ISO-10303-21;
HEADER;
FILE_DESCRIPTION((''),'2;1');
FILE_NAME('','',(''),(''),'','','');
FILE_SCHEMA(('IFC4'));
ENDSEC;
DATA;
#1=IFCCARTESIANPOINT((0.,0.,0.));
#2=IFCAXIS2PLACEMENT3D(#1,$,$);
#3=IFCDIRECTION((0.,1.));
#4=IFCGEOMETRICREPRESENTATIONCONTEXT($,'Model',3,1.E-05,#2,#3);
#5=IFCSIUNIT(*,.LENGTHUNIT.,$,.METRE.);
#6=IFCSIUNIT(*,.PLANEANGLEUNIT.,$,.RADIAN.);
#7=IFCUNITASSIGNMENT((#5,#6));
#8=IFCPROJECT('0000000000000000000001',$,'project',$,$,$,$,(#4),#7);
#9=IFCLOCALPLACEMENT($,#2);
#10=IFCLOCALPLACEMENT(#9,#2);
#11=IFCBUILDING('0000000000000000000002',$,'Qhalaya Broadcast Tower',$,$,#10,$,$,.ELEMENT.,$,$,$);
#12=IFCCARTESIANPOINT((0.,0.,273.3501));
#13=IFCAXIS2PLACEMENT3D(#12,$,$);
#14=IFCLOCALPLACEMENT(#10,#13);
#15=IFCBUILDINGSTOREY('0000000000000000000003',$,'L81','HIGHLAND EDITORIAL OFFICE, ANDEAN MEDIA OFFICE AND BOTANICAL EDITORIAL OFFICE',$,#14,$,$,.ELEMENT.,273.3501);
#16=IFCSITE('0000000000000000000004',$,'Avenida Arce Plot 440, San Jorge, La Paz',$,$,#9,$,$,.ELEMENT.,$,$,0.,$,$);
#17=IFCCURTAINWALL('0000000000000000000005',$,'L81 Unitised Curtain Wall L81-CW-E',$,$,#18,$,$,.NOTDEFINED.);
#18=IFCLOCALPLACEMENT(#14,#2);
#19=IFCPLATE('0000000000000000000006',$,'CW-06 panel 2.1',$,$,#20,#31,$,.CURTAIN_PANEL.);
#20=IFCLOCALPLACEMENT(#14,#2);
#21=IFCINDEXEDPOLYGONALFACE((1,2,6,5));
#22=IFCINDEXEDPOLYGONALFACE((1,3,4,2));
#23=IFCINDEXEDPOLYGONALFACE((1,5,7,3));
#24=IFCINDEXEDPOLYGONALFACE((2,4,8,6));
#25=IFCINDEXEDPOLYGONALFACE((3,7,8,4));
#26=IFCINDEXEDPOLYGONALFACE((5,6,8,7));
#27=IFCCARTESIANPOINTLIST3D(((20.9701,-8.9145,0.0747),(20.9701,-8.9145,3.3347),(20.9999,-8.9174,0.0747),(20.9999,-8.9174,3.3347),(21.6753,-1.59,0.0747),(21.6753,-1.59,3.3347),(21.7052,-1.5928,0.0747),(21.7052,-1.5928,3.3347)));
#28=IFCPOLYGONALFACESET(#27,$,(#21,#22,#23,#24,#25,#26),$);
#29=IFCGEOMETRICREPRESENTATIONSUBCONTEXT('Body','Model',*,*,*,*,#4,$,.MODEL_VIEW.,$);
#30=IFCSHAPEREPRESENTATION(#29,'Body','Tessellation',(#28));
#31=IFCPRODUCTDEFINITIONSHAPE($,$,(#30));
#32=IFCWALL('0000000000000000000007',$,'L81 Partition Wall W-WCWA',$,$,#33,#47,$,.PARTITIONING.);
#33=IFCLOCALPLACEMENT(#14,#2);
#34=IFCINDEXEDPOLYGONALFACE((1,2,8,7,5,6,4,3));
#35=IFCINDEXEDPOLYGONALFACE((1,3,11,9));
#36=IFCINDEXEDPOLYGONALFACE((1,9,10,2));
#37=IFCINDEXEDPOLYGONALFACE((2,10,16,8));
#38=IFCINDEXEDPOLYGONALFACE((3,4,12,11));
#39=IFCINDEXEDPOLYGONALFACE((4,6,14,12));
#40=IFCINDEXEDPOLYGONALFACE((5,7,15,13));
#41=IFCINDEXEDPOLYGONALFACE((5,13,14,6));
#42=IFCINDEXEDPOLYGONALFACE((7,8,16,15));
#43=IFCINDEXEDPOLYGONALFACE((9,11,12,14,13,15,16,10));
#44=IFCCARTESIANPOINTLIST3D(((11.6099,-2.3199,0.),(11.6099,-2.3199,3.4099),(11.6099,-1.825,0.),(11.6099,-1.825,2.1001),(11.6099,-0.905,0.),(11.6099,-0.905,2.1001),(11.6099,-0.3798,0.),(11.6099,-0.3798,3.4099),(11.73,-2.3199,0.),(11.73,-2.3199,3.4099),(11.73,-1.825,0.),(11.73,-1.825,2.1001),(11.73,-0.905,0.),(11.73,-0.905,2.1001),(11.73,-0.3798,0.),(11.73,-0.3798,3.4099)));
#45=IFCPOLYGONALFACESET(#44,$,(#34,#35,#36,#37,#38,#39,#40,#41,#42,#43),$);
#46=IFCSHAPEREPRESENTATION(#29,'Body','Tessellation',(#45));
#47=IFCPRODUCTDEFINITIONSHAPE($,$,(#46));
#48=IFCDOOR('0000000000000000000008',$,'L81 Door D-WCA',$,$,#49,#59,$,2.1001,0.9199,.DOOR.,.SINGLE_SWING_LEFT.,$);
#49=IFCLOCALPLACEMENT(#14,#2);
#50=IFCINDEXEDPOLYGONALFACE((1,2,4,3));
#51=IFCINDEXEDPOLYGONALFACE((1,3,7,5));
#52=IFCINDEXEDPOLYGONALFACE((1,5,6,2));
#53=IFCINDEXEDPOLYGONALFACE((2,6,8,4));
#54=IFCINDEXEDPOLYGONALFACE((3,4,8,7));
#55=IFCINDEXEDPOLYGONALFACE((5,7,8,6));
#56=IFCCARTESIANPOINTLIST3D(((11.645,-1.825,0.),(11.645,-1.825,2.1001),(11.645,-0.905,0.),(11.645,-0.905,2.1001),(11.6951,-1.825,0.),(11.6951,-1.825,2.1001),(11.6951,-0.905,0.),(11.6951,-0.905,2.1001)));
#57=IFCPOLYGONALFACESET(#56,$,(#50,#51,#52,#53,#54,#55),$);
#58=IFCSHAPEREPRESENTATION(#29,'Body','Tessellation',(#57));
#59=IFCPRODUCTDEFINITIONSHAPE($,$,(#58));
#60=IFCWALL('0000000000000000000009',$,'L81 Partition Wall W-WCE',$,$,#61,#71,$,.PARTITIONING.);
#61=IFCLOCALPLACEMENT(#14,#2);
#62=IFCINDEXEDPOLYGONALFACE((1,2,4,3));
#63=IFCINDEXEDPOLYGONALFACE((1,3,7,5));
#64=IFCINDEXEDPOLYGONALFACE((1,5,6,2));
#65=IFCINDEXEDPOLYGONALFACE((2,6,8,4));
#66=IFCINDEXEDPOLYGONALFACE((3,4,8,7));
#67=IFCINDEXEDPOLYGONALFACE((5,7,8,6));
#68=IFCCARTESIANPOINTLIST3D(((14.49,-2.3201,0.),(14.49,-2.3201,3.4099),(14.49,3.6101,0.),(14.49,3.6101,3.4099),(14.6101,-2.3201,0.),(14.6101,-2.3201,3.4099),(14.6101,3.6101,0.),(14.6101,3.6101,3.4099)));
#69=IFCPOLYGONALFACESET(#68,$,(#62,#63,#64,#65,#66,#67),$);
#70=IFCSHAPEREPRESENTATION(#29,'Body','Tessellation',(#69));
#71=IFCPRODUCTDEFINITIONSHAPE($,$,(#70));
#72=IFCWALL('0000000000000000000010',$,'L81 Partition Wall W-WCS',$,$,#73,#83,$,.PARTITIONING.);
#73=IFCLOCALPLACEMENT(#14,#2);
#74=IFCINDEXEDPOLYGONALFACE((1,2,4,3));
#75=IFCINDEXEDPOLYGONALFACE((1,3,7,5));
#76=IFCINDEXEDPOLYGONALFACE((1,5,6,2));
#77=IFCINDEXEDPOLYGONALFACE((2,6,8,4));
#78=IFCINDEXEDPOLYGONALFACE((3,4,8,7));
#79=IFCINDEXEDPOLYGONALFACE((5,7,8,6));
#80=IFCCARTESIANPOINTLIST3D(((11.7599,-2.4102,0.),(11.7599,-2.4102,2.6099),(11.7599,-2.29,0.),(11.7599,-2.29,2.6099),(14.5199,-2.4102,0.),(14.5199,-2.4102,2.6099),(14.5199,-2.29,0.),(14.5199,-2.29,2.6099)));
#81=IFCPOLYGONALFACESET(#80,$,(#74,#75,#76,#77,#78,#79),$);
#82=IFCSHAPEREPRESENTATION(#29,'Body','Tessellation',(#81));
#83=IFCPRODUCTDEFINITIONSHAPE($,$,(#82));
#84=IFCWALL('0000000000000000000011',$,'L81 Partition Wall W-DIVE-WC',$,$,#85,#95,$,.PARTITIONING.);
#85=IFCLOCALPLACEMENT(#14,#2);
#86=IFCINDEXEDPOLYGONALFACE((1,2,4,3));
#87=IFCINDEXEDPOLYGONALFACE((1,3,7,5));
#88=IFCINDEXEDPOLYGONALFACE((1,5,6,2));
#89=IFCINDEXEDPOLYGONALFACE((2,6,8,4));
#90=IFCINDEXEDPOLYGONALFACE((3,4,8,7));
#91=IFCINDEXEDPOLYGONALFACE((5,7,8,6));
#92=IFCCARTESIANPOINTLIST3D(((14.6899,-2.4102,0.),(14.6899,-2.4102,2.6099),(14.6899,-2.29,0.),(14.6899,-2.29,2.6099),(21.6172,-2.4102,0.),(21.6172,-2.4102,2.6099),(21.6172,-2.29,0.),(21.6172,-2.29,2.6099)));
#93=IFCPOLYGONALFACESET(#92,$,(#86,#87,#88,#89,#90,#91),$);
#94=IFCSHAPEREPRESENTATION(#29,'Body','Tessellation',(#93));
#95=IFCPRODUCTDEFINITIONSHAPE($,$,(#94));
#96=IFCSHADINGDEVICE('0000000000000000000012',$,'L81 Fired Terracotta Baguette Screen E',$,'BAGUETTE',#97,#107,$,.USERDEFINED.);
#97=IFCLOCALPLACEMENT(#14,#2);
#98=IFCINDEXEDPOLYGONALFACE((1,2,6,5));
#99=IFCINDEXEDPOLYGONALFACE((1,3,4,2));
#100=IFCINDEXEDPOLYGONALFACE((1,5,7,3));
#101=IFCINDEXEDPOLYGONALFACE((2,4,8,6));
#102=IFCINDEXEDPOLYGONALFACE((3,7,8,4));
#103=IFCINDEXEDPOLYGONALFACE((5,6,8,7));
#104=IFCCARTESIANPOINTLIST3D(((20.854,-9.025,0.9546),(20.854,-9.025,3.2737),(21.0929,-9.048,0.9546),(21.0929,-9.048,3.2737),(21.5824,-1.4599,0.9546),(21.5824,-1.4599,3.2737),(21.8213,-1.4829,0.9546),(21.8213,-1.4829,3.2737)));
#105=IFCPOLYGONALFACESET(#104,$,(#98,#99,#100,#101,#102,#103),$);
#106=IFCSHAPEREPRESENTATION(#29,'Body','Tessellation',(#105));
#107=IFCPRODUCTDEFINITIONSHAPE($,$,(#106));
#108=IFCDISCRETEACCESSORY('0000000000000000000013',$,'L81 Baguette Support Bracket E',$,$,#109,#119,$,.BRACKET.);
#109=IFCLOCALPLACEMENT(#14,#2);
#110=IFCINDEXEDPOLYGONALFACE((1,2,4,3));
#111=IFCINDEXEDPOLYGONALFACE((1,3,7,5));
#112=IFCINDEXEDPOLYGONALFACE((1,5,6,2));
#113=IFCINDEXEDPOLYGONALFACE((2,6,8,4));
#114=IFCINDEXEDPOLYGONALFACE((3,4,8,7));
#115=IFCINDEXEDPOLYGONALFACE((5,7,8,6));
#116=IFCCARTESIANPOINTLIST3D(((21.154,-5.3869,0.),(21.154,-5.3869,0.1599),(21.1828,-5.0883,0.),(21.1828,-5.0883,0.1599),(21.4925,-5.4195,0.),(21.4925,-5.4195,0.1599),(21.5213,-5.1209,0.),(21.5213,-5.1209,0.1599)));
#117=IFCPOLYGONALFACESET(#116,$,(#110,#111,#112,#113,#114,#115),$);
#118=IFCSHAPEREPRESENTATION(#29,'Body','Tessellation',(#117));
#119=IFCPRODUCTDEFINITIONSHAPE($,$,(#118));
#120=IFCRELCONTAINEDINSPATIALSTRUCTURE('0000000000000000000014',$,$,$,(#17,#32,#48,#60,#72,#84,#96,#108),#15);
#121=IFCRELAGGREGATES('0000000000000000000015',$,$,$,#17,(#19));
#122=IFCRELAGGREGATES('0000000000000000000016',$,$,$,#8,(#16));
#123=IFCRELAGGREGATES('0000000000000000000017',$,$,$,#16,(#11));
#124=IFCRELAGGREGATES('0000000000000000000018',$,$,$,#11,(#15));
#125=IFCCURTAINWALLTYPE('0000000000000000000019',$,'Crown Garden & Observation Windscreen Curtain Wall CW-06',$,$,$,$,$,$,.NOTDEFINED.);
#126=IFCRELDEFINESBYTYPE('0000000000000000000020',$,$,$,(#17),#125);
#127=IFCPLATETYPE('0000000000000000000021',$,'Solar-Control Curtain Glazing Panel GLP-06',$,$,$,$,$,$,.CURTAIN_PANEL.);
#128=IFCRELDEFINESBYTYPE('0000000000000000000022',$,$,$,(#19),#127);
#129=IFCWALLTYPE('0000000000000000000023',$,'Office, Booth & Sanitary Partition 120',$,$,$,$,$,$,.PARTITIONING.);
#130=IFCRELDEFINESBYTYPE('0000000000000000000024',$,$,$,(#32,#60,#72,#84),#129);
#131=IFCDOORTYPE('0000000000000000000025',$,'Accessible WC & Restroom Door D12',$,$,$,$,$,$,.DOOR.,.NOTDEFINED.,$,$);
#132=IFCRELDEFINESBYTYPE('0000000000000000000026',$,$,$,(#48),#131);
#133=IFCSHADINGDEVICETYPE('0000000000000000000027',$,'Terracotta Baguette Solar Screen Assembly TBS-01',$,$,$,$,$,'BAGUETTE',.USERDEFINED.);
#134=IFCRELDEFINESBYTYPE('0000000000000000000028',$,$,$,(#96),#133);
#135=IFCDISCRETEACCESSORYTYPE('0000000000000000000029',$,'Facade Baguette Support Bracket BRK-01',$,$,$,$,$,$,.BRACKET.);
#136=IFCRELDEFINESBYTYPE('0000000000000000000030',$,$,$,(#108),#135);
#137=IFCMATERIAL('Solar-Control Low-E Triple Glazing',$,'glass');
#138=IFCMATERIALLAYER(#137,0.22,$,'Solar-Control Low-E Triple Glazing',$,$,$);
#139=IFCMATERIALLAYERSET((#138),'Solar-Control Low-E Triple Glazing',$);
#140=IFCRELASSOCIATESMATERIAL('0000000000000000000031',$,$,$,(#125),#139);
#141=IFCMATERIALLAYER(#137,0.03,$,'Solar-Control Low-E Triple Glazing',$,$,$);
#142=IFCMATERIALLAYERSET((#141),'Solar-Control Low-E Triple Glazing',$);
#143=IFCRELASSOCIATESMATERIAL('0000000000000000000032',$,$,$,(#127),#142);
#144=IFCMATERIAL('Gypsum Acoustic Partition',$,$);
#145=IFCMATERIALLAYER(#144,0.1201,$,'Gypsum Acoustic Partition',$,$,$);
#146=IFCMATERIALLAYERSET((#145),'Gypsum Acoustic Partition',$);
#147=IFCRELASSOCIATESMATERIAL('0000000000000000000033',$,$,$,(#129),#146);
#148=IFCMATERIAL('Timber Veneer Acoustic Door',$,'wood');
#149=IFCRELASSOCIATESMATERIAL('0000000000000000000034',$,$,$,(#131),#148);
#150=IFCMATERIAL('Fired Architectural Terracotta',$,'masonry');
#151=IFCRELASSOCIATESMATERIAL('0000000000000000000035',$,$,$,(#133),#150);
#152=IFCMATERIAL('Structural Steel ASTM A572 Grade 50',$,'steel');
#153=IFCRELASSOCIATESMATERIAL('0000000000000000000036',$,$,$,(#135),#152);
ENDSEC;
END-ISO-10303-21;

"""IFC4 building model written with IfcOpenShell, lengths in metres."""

from ifc_helpers import new_model, si_unit, direction, frame, frame_2d, origin, origin_2d, place, context, subcontext, project, spatial, rectangle, extrude, material, layer, layer_set, type_object, element, fill, aggregate, save


model = new_model("IFC4")

# Units and contexts
model_context = context("Model", 3, precision=1e-05, world=origin(), true_north=direction((0.0, 1.0)))
body_context = subcontext(model_context, "Body", "Model", "MODEL_VIEW")
ifc_project = project(units=[si_unit("LENGTHUNIT", "METRE"), si_unit("PLANEANGLEUNIT", "RADIAN")], contexts=[model_context])

# Site, building, storey
site_placement = place(None, origin())
site = spatial("IfcSite", under=ifc_project, at=site_placement, Name="Avenida Arce Plot 440, San Jorge, La Paz", CompositionType="ELEMENT", RefElevation=0.0)
building_placement = place(site_placement, origin())
building = spatial("IfcBuilding", under=site, at=building_placement, Name="Qhalaya Broadcast Tower", CompositionType="ELEMENT")
storey_placement = place(building_placement, frame((0.0, 0.0, 273.3501)))
storey = spatial("IfcBuildingStorey", under=building, at=storey_placement, Name="L81", Description="HIGHLAND EDITORIAL OFFICE, ANDEAN MEDIA OFFICE AND BOTANICAL EDITORIAL OFFICE", CompositionType="ELEMENT", Elevation=273.3501)

# Shared definitions
ifc_material_1 = material(Name="Structural Steel ASTM A572 Grade 50", Category="steel")

# Curtain wall
ifc_material_2 = material(Name="Solar-Control Low-E Triple Glazing", Category="glass")
ifc_layer_1 = layer(ifc_material_2, 0.22, Name="Solar-Control Low-E Triple Glazing")
ifc_layer_set_1 = layer_set([ifc_layer_1], Name="Solar-Control Low-E Triple Glazing")
curtain_wall_type = type_object("IfcCurtainWallType", Name="Crown Garden & Observation Windscreen Curtain Wall CW-06", PredefinedType="NOTDEFINED", material=ifc_layer_set_1)
curtain_wall_placement = place(storey_placement, origin())
curtain_wall = element("IfcCurtainWall", 1, at=curtain_wall_placement, inside=storey, type_object=curtain_wall_type, Name="L81 Unitised Curtain Wall L81-CW-E", PredefinedType="NOTDEFINED")

# Plate
ifc_layer_2 = layer(ifc_material_2, 0.03, Name="Solar-Control Low-E Triple Glazing")
ifc_layer_set_2 = layer_set([ifc_layer_2], Name="Solar-Control Low-E Triple Glazing")
plate_type_1 = type_object("IfcPlateType", Name="Solar-Control Curtain Glazing Panel GLP-06", PredefinedType="CURTAIN_PANEL", material=ifc_layer_set_2)
plate_placement = place(storey_placement, frame((21.3376, -5.2537, 0.0747), z_axis=(0.0, 0.0, 1.0), x_axis=(0.095848, 0.995396, 0.0)))
plate = element("IfcPlate", 2, at=plate_placement, type_object=plate_type_1, Name="CW-06 panel 2.1", PredefinedType="CURTAIN_PANEL", context=body_context, shape_type="SweptSolid", body=[
    extrude(rectangle(XDim=7.3584, YDim=0.03, at=origin_2d()), origin(), (0.0, 0.0, 1.0), 3.26),
])
aggregate(curtain_wall, [plate])

# Wall, opening, door
ifc_material_3 = material(Name="Gypsum Acoustic Partition")
ifc_layer_3 = layer(ifc_material_3, 0.1201, Name="Gypsum Acoustic Partition")
ifc_layer_set_3 = layer_set([ifc_layer_3], Name="Gypsum Acoustic Partition")
wall_type = type_object("IfcWallType", Name="Office, Booth & Sanitary Partition 120", PredefinedType="PARTITIONING", material=ifc_layer_set_3)
wall_1_placement = place(storey_placement, frame((11.6699, -2.3201, 0.0), z_axis=(0.0, 0.0, 1.0), x_axis=(0.0, 1.0, 0.0)))
wall_1 = element("IfcWall", 3, at=wall_1_placement, inside=storey, type_object=wall_type, Name="L81 Partition Wall W-WCWA", PredefinedType="PARTITIONING", context=body_context, shape_type="SweptSolid", body=[
    extrude(rectangle(XDim=1.9402, YDim=0.1201, at=frame_2d((0.9702, 0.0))), origin(), (0.0, 0.0, 1.0), 3.4099),
])
opening_placement = place(wall_1_placement, frame((0.4951, 0.0, 0.0)))
opening = element("IfcOpeningElement", 4, at=opening_placement, cuts=wall_1, PredefinedType="OPENING", context=body_context, shape_type="SweptSolid", body=[
    extrude(rectangle(XDim=0.9199, YDim=2.1001, at=frame_2d((0.46, 1.05))), frame((0.0, 0.072, 0.0), z_axis=(0.0, -1.0, 0.0), x_axis=(1.0, 0.0, 0.0)), (0.0, 0.0, 1.0), 0.144),
])
ifc_material_4 = material(Name="Timber Veneer Acoustic Door", Category="wood")
door_type = type_object("IfcDoorType", Name="Accessible WC & Restroom Door D12", OperationType="NOTDEFINED", PredefinedType="DOOR", material=ifc_material_4)
door_placement = place(opening_placement, origin())
door = element("IfcDoor", 5, at=door_placement, inside=storey, type_object=door_type, Name="L81 Door D-WCA", OperationType="SINGLE_SWING_LEFT", OverallHeight=2.1001, OverallWidth=0.9199, PredefinedType="DOOR", context=body_context, shape_type="SweptSolid", body=[
    extrude(rectangle(XDim=0.9199, YDim=2.1001, at=frame_2d((0.46, 1.05))), frame((0.0, 0.0249, 0.0), z_axis=(0.0, -1.0, 0.0), x_axis=(1.0, 0.0, 0.0)), (0.0, 0.0, 1.0), 0.05),
])
fill(opening, door)

# Walls
wall_2_placement = place(storey_placement, frame((14.55, -2.3201, 0.0), z_axis=(0.0, 0.0, 1.0), x_axis=(0.0, 1.0, 0.0)))
element("IfcWall", 6, at=wall_2_placement, inside=storey, type_object=wall_type, Name="L81 Partition Wall W-WCE", PredefinedType="PARTITIONING", context=body_context, shape_type="SweptSolid", body=[
    extrude(rectangle(XDim=5.9302, YDim=0.1201, at=frame_2d((2.9651, 0.0))), origin(), (0.0, 0.0, 1.0), 3.4099),
])
wall_3_placement = place(storey_placement, frame((11.76, -2.3501, 0.0), z_axis=(0.0, 0.0, 1.0), x_axis=(1.0, 0.0, 0.0)))
element("IfcWall", 7, at=wall_3_placement, inside=storey, type_object=wall_type, Name="L81 Partition Wall W-WCS", PredefinedType="PARTITIONING", context=body_context, shape_type="SweptSolid", body=[
    extrude(rectangle(XDim=2.76, YDim=0.1201, at=frame_2d((1.3799, 0.0))), origin(), (0.0, 0.0, 1.0), 2.6099),
])
wall_4_placement = place(storey_placement, frame((14.6899, -2.3501, 0.0), z_axis=(0.0, 0.0, 1.0), x_axis=(1.0, 0.0, 0.0)))
element("IfcWall", 8, at=wall_4_placement, inside=storey, type_object=wall_type, Name="L81 Partition Wall W-DIVE-WC", PredefinedType="PARTITIONING", context=body_context, shape_type="SweptSolid", body=[
    extrude(rectangle(XDim=6.9272, YDim=0.1201, at=frame_2d((3.4636, 0.0))), origin(), (0.0, 0.0, 1.0), 2.6099),
])

# Shading device
ifc_material_5 = material(Name="Fired Architectural Terracotta", Category="masonry")
shading_device_type = type_object("IfcShadingDeviceType", Name="Terracotta Baguette Solar Screen Assembly TBS-01", ElementType="BAGUETTE", PredefinedType="USERDEFINED", material=ifc_material_5)
shading_device_placement = place(storey_placement, frame((21.3376, -5.2539, 0.9546), z_axis=(0.0, 0.0, 1.0), x_axis=(0.095846, 0.995396, 0.0)))
element("IfcShadingDevice", 9, at=shading_device_placement, inside=storey, type_object=shading_device_type, Name="L81 Fired Terracotta Baguette Screen E", ObjectType="BAGUETTE", PredefinedType="USERDEFINED", context=body_context, shape_type="SweptSolid", body=[
    extrude(rectangle(XDim=7.6001, YDim=0.24, at=origin_2d()), origin(), (0.0, 0.0, 1.0), 2.3191),
])

# Discrete accessory
discrete_accessory_type = type_object("IfcDiscreteAccessoryType", Name="Facade Baguette Support Bracket BRK-01", PredefinedType="BRACKET", material=ifc_material_1)
discrete_accessory_placement = place(storey_placement, frame((21.3376, -5.2539, 0.0), z_axis=(0.0, 0.0, 1.0), x_axis=(0.095846, 0.995396, 0.0)))
element("IfcDiscreteAccessory", 10, at=discrete_accessory_placement, inside=storey, type_object=discrete_accessory_type, Name="L81 Baguette Support Bracket E", PredefinedType="BRACKET", context=body_context, shape_type="SweptSolid", body=[
    extrude(rectangle(XDim=0.3, YDim=0.3401, at=origin_2d()), origin(), (0.0, 0.0, 1.0), 0.1599),
])

save(model, "model.ifc")
